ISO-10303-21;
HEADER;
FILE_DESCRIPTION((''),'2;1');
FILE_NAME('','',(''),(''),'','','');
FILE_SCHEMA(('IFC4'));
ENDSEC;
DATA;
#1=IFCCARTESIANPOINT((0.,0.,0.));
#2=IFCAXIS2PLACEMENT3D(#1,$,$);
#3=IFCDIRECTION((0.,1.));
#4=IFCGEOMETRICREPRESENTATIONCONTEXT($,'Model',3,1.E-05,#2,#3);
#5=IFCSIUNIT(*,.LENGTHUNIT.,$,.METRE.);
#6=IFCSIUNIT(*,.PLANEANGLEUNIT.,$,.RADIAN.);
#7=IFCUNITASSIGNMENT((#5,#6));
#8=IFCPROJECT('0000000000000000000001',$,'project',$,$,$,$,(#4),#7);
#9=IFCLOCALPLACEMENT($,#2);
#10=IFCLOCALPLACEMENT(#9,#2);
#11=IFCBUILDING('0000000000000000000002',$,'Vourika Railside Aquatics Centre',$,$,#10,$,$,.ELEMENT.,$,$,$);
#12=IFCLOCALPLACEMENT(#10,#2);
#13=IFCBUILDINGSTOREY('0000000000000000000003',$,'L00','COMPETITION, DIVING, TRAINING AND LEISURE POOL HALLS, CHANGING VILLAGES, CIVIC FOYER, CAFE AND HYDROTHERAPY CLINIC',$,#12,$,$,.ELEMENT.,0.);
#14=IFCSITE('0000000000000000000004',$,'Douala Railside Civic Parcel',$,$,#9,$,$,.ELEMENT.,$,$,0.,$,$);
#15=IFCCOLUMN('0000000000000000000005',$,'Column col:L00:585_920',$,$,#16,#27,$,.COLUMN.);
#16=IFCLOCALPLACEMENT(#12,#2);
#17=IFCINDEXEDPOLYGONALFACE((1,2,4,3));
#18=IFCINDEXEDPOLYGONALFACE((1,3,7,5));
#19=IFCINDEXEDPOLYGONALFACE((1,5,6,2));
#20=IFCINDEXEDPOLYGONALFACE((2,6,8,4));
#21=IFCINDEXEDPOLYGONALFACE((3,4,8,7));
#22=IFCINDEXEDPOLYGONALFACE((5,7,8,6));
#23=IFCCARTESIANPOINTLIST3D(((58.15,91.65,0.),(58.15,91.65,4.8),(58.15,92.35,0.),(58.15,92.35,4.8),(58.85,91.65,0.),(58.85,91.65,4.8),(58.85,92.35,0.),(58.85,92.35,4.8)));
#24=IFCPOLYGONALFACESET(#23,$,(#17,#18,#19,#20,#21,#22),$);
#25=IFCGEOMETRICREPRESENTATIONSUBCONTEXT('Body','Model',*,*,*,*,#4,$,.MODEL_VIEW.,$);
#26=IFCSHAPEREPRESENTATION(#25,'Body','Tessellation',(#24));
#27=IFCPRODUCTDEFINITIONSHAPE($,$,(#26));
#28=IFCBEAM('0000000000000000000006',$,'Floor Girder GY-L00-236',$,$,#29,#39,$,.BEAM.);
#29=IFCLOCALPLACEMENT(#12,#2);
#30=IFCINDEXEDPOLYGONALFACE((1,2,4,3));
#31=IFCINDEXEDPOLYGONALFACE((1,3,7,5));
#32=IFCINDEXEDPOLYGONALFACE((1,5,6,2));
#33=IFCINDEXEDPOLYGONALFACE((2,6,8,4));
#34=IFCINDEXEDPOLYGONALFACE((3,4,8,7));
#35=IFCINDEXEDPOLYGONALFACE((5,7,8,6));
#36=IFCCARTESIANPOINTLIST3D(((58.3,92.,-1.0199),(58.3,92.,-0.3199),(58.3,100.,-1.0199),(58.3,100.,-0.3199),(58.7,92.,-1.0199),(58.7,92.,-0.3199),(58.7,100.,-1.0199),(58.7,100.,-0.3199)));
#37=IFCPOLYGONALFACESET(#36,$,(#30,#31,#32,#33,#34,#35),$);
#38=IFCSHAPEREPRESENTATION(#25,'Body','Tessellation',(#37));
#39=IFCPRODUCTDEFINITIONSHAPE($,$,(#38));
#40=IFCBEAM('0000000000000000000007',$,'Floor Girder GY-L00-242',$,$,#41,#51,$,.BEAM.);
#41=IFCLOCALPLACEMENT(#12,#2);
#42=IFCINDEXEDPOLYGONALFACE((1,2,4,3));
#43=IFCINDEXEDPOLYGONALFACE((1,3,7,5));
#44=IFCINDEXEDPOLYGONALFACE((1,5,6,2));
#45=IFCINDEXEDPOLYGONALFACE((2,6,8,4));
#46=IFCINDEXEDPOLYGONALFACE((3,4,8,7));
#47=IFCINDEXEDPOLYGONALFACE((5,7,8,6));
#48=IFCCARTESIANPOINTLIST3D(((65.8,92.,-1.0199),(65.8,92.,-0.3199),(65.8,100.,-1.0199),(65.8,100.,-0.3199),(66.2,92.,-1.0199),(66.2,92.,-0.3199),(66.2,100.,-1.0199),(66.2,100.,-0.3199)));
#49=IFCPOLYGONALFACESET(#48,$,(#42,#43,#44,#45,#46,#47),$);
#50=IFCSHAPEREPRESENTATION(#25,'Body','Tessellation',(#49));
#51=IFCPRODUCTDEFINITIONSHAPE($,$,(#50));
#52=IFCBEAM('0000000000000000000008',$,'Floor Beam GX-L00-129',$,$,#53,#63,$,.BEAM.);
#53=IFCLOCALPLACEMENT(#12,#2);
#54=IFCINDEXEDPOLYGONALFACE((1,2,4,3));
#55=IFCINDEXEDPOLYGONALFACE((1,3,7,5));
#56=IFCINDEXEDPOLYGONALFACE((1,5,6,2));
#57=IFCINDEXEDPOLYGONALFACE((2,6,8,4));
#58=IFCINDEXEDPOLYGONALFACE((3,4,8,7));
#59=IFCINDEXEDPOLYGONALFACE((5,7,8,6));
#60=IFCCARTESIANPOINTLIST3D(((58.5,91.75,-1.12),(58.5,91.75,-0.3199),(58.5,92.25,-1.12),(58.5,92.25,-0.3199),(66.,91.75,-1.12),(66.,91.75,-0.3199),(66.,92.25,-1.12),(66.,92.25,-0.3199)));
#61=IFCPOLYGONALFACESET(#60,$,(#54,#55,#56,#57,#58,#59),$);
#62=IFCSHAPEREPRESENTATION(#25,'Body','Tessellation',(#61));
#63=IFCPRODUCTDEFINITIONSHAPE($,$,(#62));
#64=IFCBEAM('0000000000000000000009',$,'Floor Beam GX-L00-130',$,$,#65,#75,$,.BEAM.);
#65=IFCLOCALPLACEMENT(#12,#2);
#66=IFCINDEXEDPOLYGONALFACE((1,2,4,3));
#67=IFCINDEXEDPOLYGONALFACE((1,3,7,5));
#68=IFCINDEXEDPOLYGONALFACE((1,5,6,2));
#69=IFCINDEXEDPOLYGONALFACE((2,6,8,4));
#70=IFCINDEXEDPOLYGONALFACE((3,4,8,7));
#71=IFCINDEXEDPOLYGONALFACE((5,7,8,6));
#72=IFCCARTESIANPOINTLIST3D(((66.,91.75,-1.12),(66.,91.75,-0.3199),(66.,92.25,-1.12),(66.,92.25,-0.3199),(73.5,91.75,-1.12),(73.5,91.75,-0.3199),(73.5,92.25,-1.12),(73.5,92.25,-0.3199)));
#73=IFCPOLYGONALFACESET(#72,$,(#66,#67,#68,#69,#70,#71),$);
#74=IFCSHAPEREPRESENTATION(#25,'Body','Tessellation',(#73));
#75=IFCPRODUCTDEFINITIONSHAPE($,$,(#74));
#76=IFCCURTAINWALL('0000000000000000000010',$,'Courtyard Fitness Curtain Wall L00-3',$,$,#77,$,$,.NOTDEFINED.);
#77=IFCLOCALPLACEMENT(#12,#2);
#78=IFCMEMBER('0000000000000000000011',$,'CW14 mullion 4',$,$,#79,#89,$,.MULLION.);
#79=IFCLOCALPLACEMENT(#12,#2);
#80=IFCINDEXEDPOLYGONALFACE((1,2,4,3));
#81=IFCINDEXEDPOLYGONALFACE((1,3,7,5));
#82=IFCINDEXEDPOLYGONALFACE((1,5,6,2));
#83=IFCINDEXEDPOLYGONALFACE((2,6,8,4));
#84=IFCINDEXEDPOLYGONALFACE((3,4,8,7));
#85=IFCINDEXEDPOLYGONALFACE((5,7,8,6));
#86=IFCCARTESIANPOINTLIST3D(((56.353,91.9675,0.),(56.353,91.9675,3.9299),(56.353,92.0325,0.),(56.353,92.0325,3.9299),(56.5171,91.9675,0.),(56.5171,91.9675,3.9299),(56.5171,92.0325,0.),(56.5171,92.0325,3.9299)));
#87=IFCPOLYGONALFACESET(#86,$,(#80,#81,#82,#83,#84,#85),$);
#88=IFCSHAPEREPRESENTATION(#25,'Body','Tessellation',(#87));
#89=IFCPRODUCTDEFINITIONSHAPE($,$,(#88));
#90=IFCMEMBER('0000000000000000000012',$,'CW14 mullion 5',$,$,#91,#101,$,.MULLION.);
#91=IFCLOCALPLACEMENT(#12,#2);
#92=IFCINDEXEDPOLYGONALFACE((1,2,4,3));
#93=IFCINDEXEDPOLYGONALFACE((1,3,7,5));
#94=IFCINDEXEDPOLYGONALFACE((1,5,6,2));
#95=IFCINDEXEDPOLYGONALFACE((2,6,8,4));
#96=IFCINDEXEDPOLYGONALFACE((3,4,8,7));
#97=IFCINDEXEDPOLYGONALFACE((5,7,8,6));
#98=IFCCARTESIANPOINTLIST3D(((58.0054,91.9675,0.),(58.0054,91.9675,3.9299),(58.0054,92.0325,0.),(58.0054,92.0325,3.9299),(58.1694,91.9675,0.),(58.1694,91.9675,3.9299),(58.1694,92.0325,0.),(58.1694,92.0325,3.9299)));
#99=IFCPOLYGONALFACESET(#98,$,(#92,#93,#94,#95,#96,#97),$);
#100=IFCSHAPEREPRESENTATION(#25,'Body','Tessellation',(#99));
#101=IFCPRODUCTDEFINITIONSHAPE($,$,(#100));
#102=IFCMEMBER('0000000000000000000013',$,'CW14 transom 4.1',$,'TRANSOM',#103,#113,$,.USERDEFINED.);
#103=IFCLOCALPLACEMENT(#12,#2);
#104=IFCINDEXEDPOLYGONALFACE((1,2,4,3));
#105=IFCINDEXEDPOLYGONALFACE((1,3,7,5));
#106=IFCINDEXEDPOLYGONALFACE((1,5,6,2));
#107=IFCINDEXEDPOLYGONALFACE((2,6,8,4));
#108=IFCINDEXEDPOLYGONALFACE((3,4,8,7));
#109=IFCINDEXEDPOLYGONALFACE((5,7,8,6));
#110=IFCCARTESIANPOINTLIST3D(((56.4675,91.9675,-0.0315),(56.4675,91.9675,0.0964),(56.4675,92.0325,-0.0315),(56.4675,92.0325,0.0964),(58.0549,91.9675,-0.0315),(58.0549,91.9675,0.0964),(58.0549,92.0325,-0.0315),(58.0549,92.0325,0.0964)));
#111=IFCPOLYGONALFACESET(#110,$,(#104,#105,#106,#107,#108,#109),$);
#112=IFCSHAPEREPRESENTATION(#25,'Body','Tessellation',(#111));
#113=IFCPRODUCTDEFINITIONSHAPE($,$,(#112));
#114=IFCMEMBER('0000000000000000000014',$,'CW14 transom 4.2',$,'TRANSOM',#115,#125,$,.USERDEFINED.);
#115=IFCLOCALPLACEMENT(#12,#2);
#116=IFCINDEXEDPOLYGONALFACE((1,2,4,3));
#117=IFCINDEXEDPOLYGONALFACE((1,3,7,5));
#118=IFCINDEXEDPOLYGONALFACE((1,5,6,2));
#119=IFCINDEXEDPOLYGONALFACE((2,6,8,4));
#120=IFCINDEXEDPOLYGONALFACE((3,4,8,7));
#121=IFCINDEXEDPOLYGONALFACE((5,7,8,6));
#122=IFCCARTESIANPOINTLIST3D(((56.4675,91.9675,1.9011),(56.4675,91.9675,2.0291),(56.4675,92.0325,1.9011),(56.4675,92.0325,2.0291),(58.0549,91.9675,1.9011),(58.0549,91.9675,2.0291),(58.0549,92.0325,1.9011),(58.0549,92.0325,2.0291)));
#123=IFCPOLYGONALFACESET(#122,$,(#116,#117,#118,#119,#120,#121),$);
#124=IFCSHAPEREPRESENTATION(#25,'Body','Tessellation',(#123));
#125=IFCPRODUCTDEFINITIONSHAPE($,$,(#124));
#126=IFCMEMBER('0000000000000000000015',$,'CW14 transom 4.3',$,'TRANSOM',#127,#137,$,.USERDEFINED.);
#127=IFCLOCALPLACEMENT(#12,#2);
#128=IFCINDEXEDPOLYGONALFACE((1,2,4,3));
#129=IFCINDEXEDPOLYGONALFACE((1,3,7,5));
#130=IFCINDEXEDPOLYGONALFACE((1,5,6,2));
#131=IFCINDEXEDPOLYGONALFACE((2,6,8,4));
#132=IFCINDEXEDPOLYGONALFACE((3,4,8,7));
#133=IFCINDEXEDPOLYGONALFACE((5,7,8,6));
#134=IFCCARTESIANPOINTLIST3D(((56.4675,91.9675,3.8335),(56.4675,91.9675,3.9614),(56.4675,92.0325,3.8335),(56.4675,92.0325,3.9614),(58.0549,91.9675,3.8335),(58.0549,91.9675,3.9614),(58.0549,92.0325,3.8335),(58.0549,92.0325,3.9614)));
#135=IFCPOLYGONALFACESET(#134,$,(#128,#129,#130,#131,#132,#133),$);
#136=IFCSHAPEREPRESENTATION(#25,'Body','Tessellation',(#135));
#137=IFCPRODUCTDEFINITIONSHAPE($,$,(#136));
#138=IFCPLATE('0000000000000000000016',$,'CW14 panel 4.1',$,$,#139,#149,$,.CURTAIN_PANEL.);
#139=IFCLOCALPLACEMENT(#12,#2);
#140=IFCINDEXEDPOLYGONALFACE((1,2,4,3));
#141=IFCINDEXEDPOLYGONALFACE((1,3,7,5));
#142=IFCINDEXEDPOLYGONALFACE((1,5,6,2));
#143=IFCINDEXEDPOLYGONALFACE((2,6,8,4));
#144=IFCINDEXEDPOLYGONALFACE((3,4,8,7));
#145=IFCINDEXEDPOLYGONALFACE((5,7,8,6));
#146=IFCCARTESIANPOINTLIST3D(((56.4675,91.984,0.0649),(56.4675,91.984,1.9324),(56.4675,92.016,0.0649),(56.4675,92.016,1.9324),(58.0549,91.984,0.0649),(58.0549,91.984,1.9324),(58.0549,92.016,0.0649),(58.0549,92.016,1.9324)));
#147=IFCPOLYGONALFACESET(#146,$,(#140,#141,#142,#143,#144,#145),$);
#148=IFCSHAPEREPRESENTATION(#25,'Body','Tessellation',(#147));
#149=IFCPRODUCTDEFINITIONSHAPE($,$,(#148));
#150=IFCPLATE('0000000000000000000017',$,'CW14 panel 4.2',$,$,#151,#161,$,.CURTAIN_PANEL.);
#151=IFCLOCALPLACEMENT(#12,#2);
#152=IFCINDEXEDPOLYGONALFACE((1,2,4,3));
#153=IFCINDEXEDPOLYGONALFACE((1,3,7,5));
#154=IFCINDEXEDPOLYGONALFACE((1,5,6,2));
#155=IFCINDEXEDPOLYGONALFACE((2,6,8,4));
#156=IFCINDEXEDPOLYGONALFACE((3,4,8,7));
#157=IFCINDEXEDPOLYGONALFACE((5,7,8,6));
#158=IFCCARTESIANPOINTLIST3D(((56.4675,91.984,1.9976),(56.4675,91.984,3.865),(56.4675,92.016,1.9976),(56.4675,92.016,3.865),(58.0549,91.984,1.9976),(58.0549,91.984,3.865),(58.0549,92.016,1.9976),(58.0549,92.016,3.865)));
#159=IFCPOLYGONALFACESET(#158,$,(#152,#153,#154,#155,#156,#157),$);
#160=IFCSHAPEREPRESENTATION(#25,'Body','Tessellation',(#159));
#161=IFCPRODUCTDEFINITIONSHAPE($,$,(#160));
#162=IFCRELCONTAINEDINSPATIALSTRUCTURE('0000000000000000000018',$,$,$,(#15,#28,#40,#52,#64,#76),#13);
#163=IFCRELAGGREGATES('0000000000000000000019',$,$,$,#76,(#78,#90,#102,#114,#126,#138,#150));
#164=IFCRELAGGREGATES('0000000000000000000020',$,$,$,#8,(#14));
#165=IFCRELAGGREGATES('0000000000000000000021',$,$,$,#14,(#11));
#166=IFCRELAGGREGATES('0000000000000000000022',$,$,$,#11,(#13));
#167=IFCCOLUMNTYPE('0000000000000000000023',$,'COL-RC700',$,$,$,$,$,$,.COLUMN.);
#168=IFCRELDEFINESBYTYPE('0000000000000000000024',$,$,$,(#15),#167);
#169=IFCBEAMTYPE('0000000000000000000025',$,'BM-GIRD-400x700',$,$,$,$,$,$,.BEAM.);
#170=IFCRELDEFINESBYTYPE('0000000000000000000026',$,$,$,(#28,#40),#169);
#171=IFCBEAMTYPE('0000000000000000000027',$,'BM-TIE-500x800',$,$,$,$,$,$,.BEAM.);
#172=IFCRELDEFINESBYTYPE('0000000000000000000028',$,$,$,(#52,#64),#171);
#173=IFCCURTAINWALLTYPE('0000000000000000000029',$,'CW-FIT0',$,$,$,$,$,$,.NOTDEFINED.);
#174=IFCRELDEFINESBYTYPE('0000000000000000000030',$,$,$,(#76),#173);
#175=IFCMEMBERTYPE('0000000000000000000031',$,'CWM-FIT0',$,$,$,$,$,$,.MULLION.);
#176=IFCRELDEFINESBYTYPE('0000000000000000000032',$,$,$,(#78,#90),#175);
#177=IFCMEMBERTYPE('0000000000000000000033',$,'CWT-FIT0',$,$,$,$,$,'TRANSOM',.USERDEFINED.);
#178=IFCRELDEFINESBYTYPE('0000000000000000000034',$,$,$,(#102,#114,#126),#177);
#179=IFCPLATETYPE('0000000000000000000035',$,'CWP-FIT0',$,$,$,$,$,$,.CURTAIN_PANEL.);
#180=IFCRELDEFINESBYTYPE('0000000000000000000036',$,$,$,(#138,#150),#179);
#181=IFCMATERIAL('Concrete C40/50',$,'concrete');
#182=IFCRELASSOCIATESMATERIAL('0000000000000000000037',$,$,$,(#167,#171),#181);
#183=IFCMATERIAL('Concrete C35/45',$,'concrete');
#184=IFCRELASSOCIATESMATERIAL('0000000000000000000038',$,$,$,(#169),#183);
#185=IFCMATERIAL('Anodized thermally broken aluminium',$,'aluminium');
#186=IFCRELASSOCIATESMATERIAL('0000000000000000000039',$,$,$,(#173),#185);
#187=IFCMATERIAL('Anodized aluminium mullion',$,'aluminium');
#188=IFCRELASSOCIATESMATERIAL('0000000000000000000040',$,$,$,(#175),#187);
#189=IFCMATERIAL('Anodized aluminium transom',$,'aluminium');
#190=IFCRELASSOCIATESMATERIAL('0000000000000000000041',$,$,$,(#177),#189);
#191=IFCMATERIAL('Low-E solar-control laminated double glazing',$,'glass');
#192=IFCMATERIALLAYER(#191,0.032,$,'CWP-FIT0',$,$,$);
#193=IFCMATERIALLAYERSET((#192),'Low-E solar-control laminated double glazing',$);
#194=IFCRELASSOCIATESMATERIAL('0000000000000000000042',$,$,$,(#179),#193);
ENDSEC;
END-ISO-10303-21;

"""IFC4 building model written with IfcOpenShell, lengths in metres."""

from ifc_helpers import new_model, si_unit, direction, frame, origin, origin_2d, place, context, subcontext, project, spatial, rectangle, extrude, material, layer, layer_set, material_profile, profile_set, type_object, element, aggregate, save


model = new_model("IFC4")

# Units and contexts
model_context = context("Model", 3, precision=1e-05, world=origin(), true_north=direction((0.0, 1.0)))
body_context = subcontext(model_context, "Body", "Model", "MODEL_VIEW")
ifc_project = project(units=[si_unit("LENGTHUNIT", "METRE"), si_unit("PLANEANGLEUNIT", "RADIAN")], contexts=[model_context])

# Site, building, storey
site_placement = place(None, origin())
site = spatial("IfcSite", under=ifc_project, at=site_placement, Name="Douala Railside Civic Parcel", CompositionType="ELEMENT", RefElevation=0.0)
building_placement = place(site_placement, origin())
building = spatial("IfcBuilding", under=site, at=building_placement, Name="Vourika Railside Aquatics Centre", CompositionType="ELEMENT")
storey_placement = place(building_placement, origin())
storey = spatial("IfcBuildingStorey", under=building, at=storey_placement, Name="L00", Description="COMPETITION, DIVING, TRAINING AND LEISURE POOL HALLS, CHANGING VILLAGES, CIVIC FOYER, CAFE AND HYDROTHERAPY CLINIC", CompositionType="ELEMENT", Elevation=0.0)

# Column
ifc_material_1 = material(Name="Concrete C40/50", Category="concrete")
ifc_material_profile_1 = material_profile(ifc_material_1, rectangle(XDim=0.7, YDim=0.7, at=origin_2d()), Name="RC 700x700")
ifc_profile_set_1 = profile_set([ifc_material_profile_1], Name="Concrete C40/50")
column_type = type_object("IfcColumnType", Name="COL-RC700", PredefinedType="COLUMN", material=ifc_profile_set_1)
column_placement = place(storey_placement, frame((58.5, 92.0, 0.0), z_axis=(0.0, 0.0, 1.0), x_axis=(1.0, 0.0, 0.0)))
element("IfcColumn", 1, at=column_placement, inside=storey, type_object=column_type, Name="Column col:L00:585_920", PredefinedType="COLUMN", context=body_context, shape_type="SweptSolid", body=[
    extrude(rectangle(XDim=0.7, YDim=0.7, at=origin_2d()), origin(), (0.0, 0.0, 1.0), 4.8),
])

# Beams
ifc_material_2 = material(Name="Concrete C35/45", Category="concrete")
ifc_material_profile_2 = material_profile(ifc_material_2, rectangle(XDim=0.3999, YDim=0.7, at=origin_2d()), Name="RC 400x700")
ifc_profile_set_2 = profile_set([ifc_material_profile_2], Name="Concrete C35/45")
beam_type_1 = type_object("IfcBeamType", Name="BM-GIRD-400x700", PredefinedType="BEAM", material=ifc_profile_set_2)
for number, where, z_axis, x_axis, name in (
    (2, (58.5, 92.0, -0.6699), (0.0, 1.0, 0.0), (-1.0, 0.0, 0.0), "Floor Girder GY-L00-236"),
    (3, (66.0, 92.0, -0.6699), (0.0, 1.0, 0.0), (-1.0, 0.0, 0.0), "Floor Girder GY-L00-242"),
):
    element("IfcBeam", number, at=place(storey_placement, frame(where, z_axis=z_axis, x_axis=x_axis)), inside=storey, type_object=beam_type_1, Name=name, PredefinedType="BEAM", context=body_context, shape_type="SweptSolid", body=[
        extrude(rectangle(XDim=0.3999, YDim=0.7, at=origin_2d()), origin(), (0.0, 0.0, 1.0), 8.0),
    ])
ifc_material_profile_3 = material_profile(ifc_material_1, rectangle(XDim=0.5, YDim=0.8, at=origin_2d()), Name="RC 500x800")
ifc_profile_set_3 = profile_set([ifc_material_profile_3], Name="Concrete C40/50")
beam_type_2 = type_object("IfcBeamType", Name="BM-TIE-500x800", PredefinedType="BEAM", material=ifc_profile_set_3)
for number, where, z_axis, x_axis, name in (
    (4, (58.5, 92.0, -0.72), (1.0, 0.0, 0.0), (0.0, 1.0, 0.0), "Floor Beam GX-L00-129"),
    (5, (66.0, 92.0, -0.72), (1.0, 0.0, 0.0), (0.0, 1.0, 0.0), "Floor Beam GX-L00-130"),
):
    element("IfcBeam", number, at=place(storey_placement, frame(where, z_axis=z_axis, x_axis=x_axis)), inside=storey, type_object=beam_type_2, Name=name, PredefinedType="BEAM", context=body_context, shape_type="SweptSolid", body=[
        extrude(rectangle(XDim=0.5, YDim=0.8, at=origin_2d()), origin(), (0.0, 0.0, 1.0), 7.5),
    ])

# Curtain wall, members, plates
ifc_material_3 = material(Name="Anodized thermally broken aluminium", Category="aluminium")
curtain_wall_type = type_object("IfcCurtainWallType", Name="CW-FIT0", PredefinedType="NOTDEFINED", material=ifc_material_3)
curtain_wall_placement = place(storey_placement, origin())
curtain_wall = element("IfcCurtainWall", 6, at=curtain_wall_placement, inside=storey, type_object=curtain_wall_type, Name="Courtyard Fitness Curtain Wall L00-3", PredefinedType="NOTDEFINED")
ifc_material_4 = material(Name="Anodized aluminium mullion", Category="aluminium")
ifc_material_profile_4 = material_profile(ifc_material_4, rectangle(XDim=0.0649, YDim=0.1641, at=origin_2d()), Name="ALU-M 65x164")
ifc_profile_set_4 = profile_set([ifc_material_profile_4], Name="Anodized aluminium mullion")
member_type_1 = type_object("IfcMemberType", Name="CWM-FIT0", PredefinedType="MULLION", material=ifc_profile_set_4)
member_1_placement = place(storey_placement, frame((56.4351, 92.0, 0.0), z_axis=(0.0, 0.0, 1.0), x_axis=(0.0, 1.0, 0.0)))
member_1 = element("IfcMember", 7, at=member_1_placement, type_object=member_type_1, Name="CW14 mullion 4", PredefinedType="MULLION", context=body_context, shape_type="SweptSolid", body=[
    extrude(rectangle(XDim=0.0649, YDim=0.1641, at=origin_2d()), origin(), (0.0, 0.0, 1.0), 3.9299),
])
member_2_placement = place(storey_placement, frame((58.0874, 92.0, 0.0), z_axis=(0.0, 0.0, 1.0), x_axis=(0.0, 1.0, 0.0)))
member_2 = element("IfcMember", 8, at=member_2_placement, type_object=member_type_1, Name="CW14 mullion 5", PredefinedType="MULLION", context=body_context, shape_type="SweptSolid", body=[
    extrude(rectangle(XDim=0.0649, YDim=0.1641, at=origin_2d()), origin(), (0.0, 0.0, 1.0), 3.9299),
])
ifc_material_5 = material(Name="Anodized aluminium transom", Category="aluminium")
ifc_material_profile_5 = material_profile(ifc_material_5, rectangle(XDim=0.0649, YDim=0.1279, at=origin_2d()), Name="ALU-T 65x128")
ifc_profile_set_5 = profile_set([ifc_material_profile_5], Name="Anodized aluminium transom")
member_type_2 = type_object("IfcMemberType", Name="CWT-FIT0", ElementType="TRANSOM", PredefinedType="USERDEFINED", material=ifc_profile_set_5)
member_3_placement = place(storey_placement, frame((56.4675, 92.0, 0.0325), z_axis=(1.0, 0.0, 0.0), x_axis=(0.0, 1.0, 0.0)))
member_3 = element("IfcMember", 9, at=member_3_placement, type_object=member_type_2, Name="CW14 transom 4.1", ObjectType="TRANSOM", PredefinedType="USERDEFINED", context=body_context, shape_type="SweptSolid", body=[
    extrude(rectangle(XDim=0.0649, YDim=0.1279, at=origin_2d()), origin(), (0.0, 0.0, 1.0), 1.5874),
])
member_4_placement = place(storey_placement, frame((56.4675, 92.0, 1.9651), z_axis=(1.0, 0.0, 0.0), x_axis=(0.0, 1.0, 0.0)))
member_4 = element("IfcMember", 10, at=member_4_placement, type_object=member_type_2, Name="CW14 transom 4.2", ObjectType="TRANSOM", PredefinedType="USERDEFINED", context=body_context, shape_type="SweptSolid", body=[
    extrude(rectangle(XDim=0.0649, YDim=0.1279, at=origin_2d()), origin(), (0.0, 0.0, 1.0), 1.5874),
])
member_5_placement = place(storey_placement, frame((56.4675, 92.0, 3.8975), z_axis=(1.0, 0.0, 0.0), x_axis=(0.0, 1.0, 0.0)))
member_5 = element("IfcMember", 11, at=member_5_placement, type_object=member_type_2, Name="CW14 transom 4.3", ObjectType="TRANSOM", PredefinedType="USERDEFINED", context=body_context, shape_type="SweptSolid", body=[
    extrude(rectangle(XDim=0.0649, YDim=0.1279, at=origin_2d()), origin(), (0.0, 0.0, 1.0), 1.5874),
])
ifc_material_6 = material(Name="Low-E solar-control laminated double glazing", Category="glass")
ifc_layer_1 = layer(ifc_material_6, 0.032, Name="CWP-FIT0")
ifc_layer_set_1 = layer_set([ifc_layer_1], Name="Low-E solar-control laminated double glazing")
plate_type = type_object("IfcPlateType", Name="CWP-FIT0", PredefinedType="CURTAIN_PANEL", material=ifc_layer_set_1)
plate_1_placement = place(storey_placement, frame((57.2612, 92.0, 0.0649), z_axis=(0.0, 0.0, 1.0), x_axis=(1.0, 0.0, 0.0)))
plate_1 = element("IfcPlate", 12, at=plate_1_placement, type_object=plate_type, Name="CW14 panel 4.1", PredefinedType="CURTAIN_PANEL", context=body_context, shape_type="SweptSolid", body=[
    extrude(rectangle(XDim=1.5874, YDim=0.032, at=origin_2d()), origin(), (0.0, 0.0, 1.0), 1.8674),
])
plate_2_placement = place(storey_placement, frame((57.2612, 92.0, 1.9976), z_axis=(0.0, 0.0, 1.0), x_axis=(1.0, 0.0, 0.0)))
plate_2 = element("IfcPlate", 13, at=plate_2_placement, type_object=plate_type, Name="CW14 panel 4.2", PredefinedType="CURTAIN_PANEL", context=body_context, shape_type="SweptSolid", body=[
    extrude(rectangle(XDim=1.5874, YDim=0.032, at=origin_2d()), origin(), (0.0, 0.0, 1.0), 1.8674),
])
aggregate(curtain_wall, [member_1, member_2, member_3, member_4, member_5, plate_1, plate_2])

save(model, "model.ifc")
